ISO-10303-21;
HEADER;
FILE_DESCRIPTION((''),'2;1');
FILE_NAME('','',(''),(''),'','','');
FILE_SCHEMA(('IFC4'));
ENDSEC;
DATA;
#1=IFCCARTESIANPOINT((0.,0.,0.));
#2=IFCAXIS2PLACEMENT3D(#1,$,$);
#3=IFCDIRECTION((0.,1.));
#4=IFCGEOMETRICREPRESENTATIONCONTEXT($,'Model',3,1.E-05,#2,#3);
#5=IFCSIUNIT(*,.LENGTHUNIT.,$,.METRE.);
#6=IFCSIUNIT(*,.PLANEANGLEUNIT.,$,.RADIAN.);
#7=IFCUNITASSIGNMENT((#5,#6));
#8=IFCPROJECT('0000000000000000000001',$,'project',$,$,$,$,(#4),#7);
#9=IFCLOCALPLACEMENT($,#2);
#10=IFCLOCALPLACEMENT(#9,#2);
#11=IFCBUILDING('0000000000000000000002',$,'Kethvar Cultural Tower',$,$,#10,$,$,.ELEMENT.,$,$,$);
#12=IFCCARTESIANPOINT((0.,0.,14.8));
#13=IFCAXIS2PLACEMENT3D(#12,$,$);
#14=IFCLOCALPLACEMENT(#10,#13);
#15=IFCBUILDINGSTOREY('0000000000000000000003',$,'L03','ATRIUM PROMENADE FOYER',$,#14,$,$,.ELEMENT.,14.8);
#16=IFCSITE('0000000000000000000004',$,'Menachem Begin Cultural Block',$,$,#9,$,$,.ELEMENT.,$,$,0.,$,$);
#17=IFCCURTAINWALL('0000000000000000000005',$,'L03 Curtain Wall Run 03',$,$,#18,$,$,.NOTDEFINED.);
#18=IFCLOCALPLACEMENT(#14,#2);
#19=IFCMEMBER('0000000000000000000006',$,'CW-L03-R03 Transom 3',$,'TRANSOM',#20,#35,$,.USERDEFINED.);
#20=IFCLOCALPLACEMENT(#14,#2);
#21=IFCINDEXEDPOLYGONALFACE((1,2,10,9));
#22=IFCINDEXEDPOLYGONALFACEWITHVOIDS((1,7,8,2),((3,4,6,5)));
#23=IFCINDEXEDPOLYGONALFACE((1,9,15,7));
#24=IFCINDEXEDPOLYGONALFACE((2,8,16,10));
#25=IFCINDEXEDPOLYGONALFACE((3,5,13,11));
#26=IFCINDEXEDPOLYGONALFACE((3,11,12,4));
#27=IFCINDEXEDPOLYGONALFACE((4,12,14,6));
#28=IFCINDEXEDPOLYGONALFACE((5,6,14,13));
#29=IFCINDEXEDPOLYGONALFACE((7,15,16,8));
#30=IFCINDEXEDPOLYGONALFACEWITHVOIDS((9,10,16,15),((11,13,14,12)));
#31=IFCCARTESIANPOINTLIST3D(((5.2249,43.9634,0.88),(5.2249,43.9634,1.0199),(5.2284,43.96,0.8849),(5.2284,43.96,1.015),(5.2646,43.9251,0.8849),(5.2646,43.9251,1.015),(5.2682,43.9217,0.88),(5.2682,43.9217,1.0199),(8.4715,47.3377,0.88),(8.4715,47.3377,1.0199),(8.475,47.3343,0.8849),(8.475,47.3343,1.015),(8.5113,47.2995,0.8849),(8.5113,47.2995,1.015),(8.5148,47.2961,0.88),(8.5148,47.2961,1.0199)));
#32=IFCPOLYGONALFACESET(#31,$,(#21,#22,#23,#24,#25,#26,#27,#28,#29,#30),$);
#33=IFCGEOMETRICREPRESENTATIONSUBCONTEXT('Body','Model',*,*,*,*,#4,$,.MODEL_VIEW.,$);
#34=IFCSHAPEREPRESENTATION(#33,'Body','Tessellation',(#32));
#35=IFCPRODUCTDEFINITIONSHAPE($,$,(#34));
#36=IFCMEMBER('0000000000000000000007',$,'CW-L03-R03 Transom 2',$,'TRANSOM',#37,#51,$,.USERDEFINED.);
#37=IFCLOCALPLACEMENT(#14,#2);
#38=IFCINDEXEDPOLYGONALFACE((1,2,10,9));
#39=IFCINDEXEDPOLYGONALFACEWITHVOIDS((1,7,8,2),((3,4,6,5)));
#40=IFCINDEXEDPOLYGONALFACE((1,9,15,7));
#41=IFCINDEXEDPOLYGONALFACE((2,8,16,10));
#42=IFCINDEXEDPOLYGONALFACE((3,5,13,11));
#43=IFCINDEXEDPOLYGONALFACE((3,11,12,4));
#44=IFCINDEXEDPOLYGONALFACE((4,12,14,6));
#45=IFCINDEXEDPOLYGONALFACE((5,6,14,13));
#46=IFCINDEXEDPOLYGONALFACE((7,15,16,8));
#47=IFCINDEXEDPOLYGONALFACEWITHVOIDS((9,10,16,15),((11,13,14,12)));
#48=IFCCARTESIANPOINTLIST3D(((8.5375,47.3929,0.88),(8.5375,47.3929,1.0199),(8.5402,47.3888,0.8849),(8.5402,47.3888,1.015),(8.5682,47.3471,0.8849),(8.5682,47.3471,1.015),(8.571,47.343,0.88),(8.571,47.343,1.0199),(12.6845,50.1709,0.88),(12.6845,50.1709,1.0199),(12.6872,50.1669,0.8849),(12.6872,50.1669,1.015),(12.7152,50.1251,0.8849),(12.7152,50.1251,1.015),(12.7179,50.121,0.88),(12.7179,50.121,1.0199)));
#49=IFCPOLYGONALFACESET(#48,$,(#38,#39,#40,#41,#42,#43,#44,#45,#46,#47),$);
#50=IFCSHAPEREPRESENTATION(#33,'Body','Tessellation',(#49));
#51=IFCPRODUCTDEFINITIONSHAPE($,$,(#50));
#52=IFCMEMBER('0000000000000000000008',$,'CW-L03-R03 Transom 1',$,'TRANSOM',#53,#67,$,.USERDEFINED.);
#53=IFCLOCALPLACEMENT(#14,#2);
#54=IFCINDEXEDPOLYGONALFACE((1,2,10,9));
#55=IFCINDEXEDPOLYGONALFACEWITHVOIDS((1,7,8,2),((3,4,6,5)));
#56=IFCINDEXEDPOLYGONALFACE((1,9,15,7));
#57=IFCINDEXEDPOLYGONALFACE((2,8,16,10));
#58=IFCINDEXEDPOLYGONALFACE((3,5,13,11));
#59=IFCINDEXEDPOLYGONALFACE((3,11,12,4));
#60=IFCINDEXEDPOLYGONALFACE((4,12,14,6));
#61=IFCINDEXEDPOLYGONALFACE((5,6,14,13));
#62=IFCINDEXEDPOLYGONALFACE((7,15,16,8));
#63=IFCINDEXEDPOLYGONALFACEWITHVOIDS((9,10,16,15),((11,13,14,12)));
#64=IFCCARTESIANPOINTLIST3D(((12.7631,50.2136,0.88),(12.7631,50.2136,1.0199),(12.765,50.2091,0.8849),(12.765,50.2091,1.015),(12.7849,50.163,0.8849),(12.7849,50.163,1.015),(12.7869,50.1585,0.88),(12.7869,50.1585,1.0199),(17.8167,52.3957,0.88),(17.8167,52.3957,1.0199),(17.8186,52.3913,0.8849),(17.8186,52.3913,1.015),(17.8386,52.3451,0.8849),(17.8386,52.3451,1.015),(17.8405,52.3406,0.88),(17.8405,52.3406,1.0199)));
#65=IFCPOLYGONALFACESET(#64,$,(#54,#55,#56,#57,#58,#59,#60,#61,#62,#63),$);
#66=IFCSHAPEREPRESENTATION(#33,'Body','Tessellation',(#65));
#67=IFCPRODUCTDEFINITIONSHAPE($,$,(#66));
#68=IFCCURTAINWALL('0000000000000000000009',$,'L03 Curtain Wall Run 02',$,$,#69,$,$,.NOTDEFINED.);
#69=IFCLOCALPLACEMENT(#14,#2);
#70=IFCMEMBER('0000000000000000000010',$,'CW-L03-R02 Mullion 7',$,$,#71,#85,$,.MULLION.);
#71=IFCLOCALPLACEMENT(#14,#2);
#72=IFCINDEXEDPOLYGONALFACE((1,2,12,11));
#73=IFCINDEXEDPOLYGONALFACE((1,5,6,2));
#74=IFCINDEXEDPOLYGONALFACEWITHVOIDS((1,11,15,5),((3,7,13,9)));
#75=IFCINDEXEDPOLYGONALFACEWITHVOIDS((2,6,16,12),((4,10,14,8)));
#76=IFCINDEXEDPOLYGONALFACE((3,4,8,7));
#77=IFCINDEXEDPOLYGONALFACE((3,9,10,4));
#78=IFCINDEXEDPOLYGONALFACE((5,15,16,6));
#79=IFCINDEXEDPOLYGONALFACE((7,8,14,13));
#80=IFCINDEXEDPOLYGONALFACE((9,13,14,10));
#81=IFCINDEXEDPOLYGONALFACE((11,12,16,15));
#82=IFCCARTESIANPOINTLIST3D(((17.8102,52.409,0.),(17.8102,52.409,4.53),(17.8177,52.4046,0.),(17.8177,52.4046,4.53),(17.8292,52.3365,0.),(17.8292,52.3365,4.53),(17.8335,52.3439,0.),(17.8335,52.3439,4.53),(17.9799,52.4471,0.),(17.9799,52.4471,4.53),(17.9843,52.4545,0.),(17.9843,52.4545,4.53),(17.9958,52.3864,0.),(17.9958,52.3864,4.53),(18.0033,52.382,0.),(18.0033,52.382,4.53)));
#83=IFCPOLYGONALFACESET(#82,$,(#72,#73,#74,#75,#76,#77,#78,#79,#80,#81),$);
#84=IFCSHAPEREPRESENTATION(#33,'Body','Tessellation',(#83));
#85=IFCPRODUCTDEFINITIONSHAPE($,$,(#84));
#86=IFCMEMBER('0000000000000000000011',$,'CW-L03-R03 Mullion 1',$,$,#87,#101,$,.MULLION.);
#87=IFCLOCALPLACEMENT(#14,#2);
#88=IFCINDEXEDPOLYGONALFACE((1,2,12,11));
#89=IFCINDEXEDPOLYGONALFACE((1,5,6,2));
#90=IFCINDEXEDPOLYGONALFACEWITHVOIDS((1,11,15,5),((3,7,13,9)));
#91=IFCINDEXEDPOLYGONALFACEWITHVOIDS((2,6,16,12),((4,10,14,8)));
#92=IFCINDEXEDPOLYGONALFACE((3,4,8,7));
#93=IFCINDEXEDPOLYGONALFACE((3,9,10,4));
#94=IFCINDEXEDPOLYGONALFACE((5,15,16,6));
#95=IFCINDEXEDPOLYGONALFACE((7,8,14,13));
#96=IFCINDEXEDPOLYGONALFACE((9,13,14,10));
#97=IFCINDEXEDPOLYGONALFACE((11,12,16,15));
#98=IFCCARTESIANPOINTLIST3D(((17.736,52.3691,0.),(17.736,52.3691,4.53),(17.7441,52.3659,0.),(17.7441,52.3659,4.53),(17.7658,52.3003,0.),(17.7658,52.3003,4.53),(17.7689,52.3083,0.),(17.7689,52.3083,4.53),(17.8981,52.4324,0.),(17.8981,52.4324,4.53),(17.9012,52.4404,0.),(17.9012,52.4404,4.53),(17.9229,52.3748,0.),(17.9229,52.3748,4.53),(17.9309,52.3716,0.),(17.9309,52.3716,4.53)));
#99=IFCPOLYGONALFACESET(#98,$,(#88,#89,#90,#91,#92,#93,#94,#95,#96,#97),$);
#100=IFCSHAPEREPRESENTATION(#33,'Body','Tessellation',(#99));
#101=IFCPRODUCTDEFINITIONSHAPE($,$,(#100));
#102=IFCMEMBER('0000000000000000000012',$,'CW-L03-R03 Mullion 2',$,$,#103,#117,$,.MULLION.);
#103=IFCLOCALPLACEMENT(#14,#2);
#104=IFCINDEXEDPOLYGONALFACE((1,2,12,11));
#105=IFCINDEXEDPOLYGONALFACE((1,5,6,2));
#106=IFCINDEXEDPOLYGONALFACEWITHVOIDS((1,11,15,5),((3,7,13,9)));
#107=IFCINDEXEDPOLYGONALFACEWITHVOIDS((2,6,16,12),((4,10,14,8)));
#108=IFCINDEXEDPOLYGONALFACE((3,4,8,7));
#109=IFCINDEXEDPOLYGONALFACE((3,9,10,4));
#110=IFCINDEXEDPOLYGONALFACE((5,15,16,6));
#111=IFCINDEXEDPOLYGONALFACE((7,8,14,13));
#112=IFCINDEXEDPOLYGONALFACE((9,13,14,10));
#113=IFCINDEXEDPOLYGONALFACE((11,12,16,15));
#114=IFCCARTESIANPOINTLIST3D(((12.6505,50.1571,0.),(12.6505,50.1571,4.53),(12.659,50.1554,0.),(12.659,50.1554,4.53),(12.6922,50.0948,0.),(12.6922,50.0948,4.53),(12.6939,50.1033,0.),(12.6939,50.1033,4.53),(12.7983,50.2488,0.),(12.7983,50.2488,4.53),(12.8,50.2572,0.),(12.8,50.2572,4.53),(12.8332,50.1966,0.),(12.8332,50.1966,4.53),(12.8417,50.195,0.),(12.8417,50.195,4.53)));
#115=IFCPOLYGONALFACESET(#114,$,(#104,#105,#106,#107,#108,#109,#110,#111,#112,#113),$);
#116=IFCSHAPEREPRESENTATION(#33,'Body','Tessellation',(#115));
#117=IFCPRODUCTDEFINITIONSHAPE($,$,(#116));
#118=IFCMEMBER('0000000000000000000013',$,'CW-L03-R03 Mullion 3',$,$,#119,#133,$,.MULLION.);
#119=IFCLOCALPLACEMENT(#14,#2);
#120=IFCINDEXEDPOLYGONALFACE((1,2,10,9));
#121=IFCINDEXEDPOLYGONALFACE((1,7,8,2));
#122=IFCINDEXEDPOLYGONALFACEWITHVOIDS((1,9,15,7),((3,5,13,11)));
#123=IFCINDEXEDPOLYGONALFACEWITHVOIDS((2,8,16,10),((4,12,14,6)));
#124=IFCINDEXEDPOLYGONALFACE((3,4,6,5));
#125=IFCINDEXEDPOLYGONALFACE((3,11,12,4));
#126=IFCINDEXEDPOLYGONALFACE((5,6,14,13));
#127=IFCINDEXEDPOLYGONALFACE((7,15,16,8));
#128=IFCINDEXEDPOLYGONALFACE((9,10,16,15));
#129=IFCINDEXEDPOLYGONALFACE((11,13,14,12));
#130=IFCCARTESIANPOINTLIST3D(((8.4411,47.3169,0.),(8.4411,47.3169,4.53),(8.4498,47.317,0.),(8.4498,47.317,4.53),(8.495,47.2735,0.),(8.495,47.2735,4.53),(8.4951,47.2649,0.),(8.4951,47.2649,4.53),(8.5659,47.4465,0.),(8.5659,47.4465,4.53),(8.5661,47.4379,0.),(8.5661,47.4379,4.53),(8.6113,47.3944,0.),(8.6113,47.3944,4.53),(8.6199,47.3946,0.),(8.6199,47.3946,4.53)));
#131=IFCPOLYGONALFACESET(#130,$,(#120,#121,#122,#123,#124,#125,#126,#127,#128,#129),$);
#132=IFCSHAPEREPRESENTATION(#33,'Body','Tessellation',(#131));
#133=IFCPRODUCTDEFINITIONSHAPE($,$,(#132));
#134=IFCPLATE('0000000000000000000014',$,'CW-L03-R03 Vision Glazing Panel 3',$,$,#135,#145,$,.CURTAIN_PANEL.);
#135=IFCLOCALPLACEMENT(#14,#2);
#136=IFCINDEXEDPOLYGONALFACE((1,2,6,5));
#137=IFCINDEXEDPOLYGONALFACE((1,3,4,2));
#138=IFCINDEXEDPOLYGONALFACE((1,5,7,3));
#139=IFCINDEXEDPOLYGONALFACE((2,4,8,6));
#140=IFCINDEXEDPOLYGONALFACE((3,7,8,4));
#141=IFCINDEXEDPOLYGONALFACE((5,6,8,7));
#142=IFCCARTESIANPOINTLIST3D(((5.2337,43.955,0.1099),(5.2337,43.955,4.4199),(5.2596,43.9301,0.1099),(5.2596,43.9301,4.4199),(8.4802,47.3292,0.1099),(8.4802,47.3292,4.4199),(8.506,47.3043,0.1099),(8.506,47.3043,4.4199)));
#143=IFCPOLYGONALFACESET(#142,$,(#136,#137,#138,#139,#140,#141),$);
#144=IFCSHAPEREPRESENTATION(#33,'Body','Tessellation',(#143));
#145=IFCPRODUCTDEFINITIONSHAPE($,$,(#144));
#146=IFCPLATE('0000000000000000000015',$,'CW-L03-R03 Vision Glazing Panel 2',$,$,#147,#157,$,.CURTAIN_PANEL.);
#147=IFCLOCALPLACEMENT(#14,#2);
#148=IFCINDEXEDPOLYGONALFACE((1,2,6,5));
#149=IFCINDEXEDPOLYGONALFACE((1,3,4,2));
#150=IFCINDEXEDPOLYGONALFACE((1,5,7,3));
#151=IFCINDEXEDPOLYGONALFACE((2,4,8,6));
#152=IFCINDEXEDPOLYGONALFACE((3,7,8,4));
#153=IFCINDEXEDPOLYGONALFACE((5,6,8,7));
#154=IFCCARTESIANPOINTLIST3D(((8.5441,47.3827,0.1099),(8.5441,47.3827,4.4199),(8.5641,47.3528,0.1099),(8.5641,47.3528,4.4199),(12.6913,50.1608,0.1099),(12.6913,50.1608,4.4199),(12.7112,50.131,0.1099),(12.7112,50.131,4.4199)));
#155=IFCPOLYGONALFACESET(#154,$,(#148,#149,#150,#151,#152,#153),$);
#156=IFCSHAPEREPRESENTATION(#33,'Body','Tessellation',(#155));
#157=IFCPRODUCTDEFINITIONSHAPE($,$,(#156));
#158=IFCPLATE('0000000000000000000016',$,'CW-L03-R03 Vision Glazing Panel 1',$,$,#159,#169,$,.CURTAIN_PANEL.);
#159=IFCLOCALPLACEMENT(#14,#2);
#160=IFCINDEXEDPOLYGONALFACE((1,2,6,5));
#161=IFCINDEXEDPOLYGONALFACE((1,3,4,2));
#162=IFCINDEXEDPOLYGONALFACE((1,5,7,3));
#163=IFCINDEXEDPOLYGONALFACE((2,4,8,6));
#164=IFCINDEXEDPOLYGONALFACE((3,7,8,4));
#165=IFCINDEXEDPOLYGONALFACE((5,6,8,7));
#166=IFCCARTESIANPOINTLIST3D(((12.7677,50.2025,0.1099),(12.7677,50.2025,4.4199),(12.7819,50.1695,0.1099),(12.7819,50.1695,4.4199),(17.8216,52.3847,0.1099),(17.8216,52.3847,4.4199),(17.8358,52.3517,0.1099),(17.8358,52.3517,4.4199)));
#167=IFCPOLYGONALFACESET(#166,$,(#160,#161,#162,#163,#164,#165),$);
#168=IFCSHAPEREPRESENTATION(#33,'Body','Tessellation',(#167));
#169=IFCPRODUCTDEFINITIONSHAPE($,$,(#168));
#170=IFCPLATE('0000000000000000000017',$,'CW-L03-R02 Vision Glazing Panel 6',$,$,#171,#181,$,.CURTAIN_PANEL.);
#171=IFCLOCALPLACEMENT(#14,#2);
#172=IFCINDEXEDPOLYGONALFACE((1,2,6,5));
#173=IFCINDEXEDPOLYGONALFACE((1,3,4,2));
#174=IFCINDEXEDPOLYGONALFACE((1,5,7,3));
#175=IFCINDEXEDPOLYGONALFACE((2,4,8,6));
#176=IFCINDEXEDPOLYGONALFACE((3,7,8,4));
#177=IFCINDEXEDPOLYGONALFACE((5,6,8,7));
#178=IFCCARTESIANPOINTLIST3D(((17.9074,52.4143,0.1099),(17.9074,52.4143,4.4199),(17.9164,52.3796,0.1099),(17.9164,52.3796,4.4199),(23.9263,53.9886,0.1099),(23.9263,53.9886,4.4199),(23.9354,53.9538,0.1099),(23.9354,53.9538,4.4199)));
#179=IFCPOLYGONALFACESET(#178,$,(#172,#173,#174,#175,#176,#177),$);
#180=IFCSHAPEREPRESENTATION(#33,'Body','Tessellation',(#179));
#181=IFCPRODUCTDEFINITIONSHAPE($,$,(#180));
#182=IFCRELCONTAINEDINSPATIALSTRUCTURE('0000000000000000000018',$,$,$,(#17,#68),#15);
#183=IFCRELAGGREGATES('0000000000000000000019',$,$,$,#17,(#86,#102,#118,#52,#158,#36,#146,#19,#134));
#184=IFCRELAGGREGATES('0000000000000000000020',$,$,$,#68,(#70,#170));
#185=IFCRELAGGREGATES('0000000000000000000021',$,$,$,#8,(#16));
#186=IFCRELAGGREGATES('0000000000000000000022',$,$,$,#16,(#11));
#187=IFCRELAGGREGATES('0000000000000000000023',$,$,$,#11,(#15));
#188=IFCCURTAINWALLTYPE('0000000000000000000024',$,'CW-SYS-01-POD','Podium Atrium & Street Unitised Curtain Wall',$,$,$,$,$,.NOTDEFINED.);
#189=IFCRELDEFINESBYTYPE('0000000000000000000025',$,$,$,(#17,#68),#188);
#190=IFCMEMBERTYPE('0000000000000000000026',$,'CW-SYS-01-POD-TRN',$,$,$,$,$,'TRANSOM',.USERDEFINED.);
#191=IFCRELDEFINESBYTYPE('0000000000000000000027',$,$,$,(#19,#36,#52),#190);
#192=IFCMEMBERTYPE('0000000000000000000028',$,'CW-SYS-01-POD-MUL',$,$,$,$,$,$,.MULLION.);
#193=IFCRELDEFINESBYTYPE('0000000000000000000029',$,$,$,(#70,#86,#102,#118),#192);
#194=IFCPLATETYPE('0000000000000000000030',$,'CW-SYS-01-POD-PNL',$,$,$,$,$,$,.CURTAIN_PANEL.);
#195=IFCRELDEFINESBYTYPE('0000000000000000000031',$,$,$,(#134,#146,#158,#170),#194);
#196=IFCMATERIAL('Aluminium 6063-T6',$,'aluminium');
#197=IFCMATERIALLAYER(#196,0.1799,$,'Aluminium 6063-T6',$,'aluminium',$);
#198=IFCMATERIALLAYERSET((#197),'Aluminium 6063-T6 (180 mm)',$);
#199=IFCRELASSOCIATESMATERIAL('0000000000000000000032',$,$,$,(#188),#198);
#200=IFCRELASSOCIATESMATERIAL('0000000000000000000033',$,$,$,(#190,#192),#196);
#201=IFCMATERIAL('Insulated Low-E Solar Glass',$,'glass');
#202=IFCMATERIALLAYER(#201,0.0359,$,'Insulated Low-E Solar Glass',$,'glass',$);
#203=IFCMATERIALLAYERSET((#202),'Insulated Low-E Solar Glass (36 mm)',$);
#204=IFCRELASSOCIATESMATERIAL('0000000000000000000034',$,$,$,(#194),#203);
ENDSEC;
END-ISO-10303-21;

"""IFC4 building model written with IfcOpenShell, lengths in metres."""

from ifc_helpers import new_model, si_unit, direction, frame, origin, origin_2d, place, context, subcontext, project, spatial, rectangle, hollow_rectangle, extrude, source, transform, mapped, material, layer, layer_set, material_profile, profile_set, type_object, element, aggregate, save


model = new_model("IFC4")

# Units and contexts
model_context = context("Model", 3, precision=1e-05, world=origin(), true_north=direction((0.0, 1.0)))
body_context = subcontext(model_context, "Body", "Model", "MODEL_VIEW")
ifc_project = project(units=[si_unit("LENGTHUNIT", "METRE"), si_unit("PLANEANGLEUNIT", "RADIAN")], contexts=[model_context])

# Site, building, storey
site_placement = place(None, origin())
site = spatial("IfcSite", under=ifc_project, at=site_placement, Name="Menachem Begin Cultural Block", CompositionType="ELEMENT", RefElevation=0.0)
building_placement = place(site_placement, origin())
building = spatial("IfcBuilding", under=site, at=building_placement, Name="Kethvar Cultural Tower", CompositionType="ELEMENT")
storey_placement = place(building_placement, frame((0.0, 0.0, 14.8)))
storey = spatial("IfcBuildingStorey", under=building, at=storey_placement, Name="L03", Description="ATRIUM PROMENADE FOYER", CompositionType="ELEMENT", Elevation=14.8)

# Curtain wall, members
ifc_material_1 = material(Name="Aluminium 6063-T6", Category="aluminium")
ifc_layer_1 = layer(ifc_material_1, 0.1799, Name="Aluminium 6063-T6", Category="aluminium")
ifc_layer_set_1 = layer_set([ifc_layer_1], Name="Aluminium 6063-T6 (180 mm)")
curtain_wall_type = type_object("IfcCurtainWallType", Name="CW-SYS-01-POD", Description="Podium Atrium & Street Unitised Curtain Wall", PredefinedType="NOTDEFINED", material=ifc_layer_set_1)
curtain_wall_1_placement = place(storey_placement, origin())
curtain_wall_1 = element("IfcCurtainWall", 1, at=curtain_wall_1_placement, inside=storey, type_object=curtain_wall_type, Name="L03 Curtain Wall Run 03", PredefinedType="NOTDEFINED")
ifc_material_profile_1 = material_profile(ifc_material_1, hollow_rectangle(XDim=0.0601, YDim=0.1399, WallThickness=0.0049, at=origin_2d()), Name="Aluminium 6063-T6 — RHS140x60x5")
ifc_profile_set_1 = profile_set([ifc_material_profile_1], Name="Aluminium 6063-T6 — RHS140x60x5")
member_type_1 = type_object("IfcMemberType", Name="CW-SYS-01-POD-TRN", ElementType="TRANSOM", PredefinedType="USERDEFINED", material=ifc_profile_set_1)
shared_shape_1 = source(origin(), body_context, "Body", "SweptSolid", [
    extrude(hollow_rectangle(XDim=0.0601, YDim=0.1399, WallThickness=0.0049, at=origin_2d()), origin(), (0.0, 0.0, 1.0), 4.6826),
])
member_1_placement = place(storey_placement, frame((8.4932, 47.3169, 0.95), z_axis=(-0.693341, -0.72061, 0.0), x_axis=(0.72061, -0.693341, 0.0)))
member_1 = element("IfcMember", 2, at=member_1_placement, type_object=member_type_1, Name="CW-L03-R03 Transom 3", ObjectType="TRANSOM", PredefinedType="USERDEFINED", context=body_context, shape_type="MappedRepresentation", body=[
    mapped(shared_shape_1, transform((0.0, 0.0, 0.0), scale=1.0)),
])
shared_shape_2 = source(origin(), body_context, "Body", "SweptSolid", [
    extrude(hollow_rectangle(XDim=0.0601, YDim=0.1399, WallThickness=0.0049, at=origin_2d()), origin(), (0.0, 0.0, 1.0), 4.9915),
])
member_2_placement = place(storey_placement, frame((12.7012, 50.146, 0.95), z_axis=(-0.830807, -0.556561, 0.0), x_axis=(0.556561, -0.830807, 0.0)))
member_2 = element("IfcMember", 3, at=member_2_placement, type_object=member_type_1, Name="CW-L03-R03 Transom 2", ObjectType="TRANSOM", PredefinedType="USERDEFINED", context=body_context, shape_type="MappedRepresentation", body=[
    mapped(shared_shape_2, transform((0.0, 0.0, 0.0), scale=1.0)),
])
shared_shape_3 = source(origin(), body_context, "Body", "SweptSolid", [
    extrude(hollow_rectangle(XDim=0.0601, YDim=0.1399, WallThickness=0.0049, at=origin_2d()), origin(), (0.0, 0.0, 1.0), 5.5046),
])
member_3_placement = place(storey_placement, frame((17.8286, 52.3682, 0.95), z_axis=(-0.918073, -0.396412, 0.0), x_axis=(0.396412, -0.918073, 0.0)))
member_3 = element("IfcMember", 4, at=member_3_placement, type_object=member_type_1, Name="CW-L03-R03 Transom 1", ObjectType="TRANSOM", PredefinedType="USERDEFINED", context=body_context, shape_type="MappedRepresentation", body=[
    mapped(shared_shape_3, transform((0.0, 0.0, 0.0), scale=1.0)),
])

# Curtain wall, member
curtain_wall_2_placement = place(storey_placement, origin())
curtain_wall_2 = element("IfcCurtainWall", 5, at=curtain_wall_2_placement, inside=storey, type_object=curtain_wall_type, Name="L03 Curtain Wall Run 02", PredefinedType="NOTDEFINED")
ifc_material_profile_2 = material_profile(ifc_material_1, hollow_rectangle(XDim=0.075, YDim=0.1799, WallThickness=0.0061, at=origin_2d()), Name="Aluminium 6063-T6 — RHS180x75x6")
ifc_profile_set_2 = profile_set([ifc_material_profile_2], Name="Aluminium 6063-T6 — RHS180x75x6")
member_type_2 = type_object("IfcMemberType", Name="CW-SYS-01-POD-MUL", PredefinedType="MULLION", material=ifc_profile_set_2)
shared_shape_4 = source(origin(), body_context, "Body", "SweptSolid", [
    extrude(hollow_rectangle(XDim=0.075, YDim=0.1799, WallThickness=0.0061, at=origin_2d()), origin(), (0.0, 0.0, 1.0), 4.53),
])
member_4_placement = place(storey_placement, frame((17.9067, 52.3955, 0.0), z_axis=(0.0, 0.0, 1.0), x_axis=(0.253032, -0.967458, 0.0)))
member_4 = element("IfcMember", 6, at=member_4_placement, type_object=member_type_2, Name="CW-L03-R02 Mullion 7", PredefinedType="MULLION", context=body_context, shape_type="MappedRepresentation", body=[
    mapped(shared_shape_4, transform((0.0, 0.0, 0.0), scale=1.0)),
])

# Members
member_5_placement = place(storey_placement, frame((17.8335, 52.3704, 0.0), z_axis=(0.0, 0.0, 1.0), x_axis=(0.396411, -0.918073, 0.0)))
member_5 = element("IfcMember", 7, at=member_5_placement, type_object=member_type_2, Name="CW-L03-R03 Mullion 1", PredefinedType="MULLION", context=body_context, shape_type="MappedRepresentation", body=[
    mapped(shared_shape_4, transform((0.0, 0.0, 0.0), scale=1.0)),
])
member_6_placement = place(storey_placement, frame((12.7461, 50.176, 0.0), z_axis=(0.0, 0.0, 1.0), x_axis=(0.556557, -0.83081, 0.0)))
member_6 = element("IfcMember", 8, at=member_6_placement, type_object=member_type_2, Name="CW-L03-R03 Mullion 2", PredefinedType="MULLION", context=body_context, shape_type="MappedRepresentation", body=[
    mapped(shared_shape_4, transform((0.0, 0.0, 0.0), scale=1.0)),
])
member_7_placement = place(storey_placement, frame((8.5305, 47.3557, 0.0), z_axis=(0.0, 0.0, 1.0), x_axis=(0.720612, -0.693339, 0.0)))
member_7 = element("IfcMember", 9, at=member_7_placement, type_object=member_type_2, Name="CW-L03-R03 Mullion 3", PredefinedType="MULLION", context=body_context, shape_type="MappedRepresentation", body=[
    mapped(shared_shape_4, transform((0.0, 0.0, 0.0), scale=1.0)),
])

# Plates
ifc_material_2 = material(Name="Insulated Low-E Solar Glass", Category="glass")
ifc_layer_2 = layer(ifc_material_2, 0.0359, Name="Insulated Low-E Solar Glass", Category="glass")
ifc_layer_set_2 = layer_set([ifc_layer_2], Name="Insulated Low-E Solar Glass (36 mm)")
plate_type = type_object("IfcPlateType", Name="CW-SYS-01-POD-PNL", PredefinedType="CURTAIN_PANEL", material=ifc_layer_set_2)
shared_shape_5 = source(origin(), body_context, "Body", "SweptSolid", [
    extrude(rectangle(XDim=4.6824, YDim=0.0359, at=origin_2d()), origin(), (0.0, 0.0, 1.0), 4.3101),
])
plate_1_placement = place(storey_placement, frame((6.8699, 45.6296, 0.1099), z_axis=(0.0, 0.0, 1.0), x_axis=(-0.693339, -0.720612, 0.0)))
plate_1 = element("IfcPlate", 10, at=plate_1_placement, type_object=plate_type, Name="CW-L03-R03 Vision Glazing Panel 3", PredefinedType="CURTAIN_PANEL", context=body_context, shape_type="MappedRepresentation", body=[
    mapped(shared_shape_5, transform((0.0, 0.0, 0.0), scale=1.0)),
])
shared_shape_6 = source(origin(), body_context, "Body", "SweptSolid", [
    extrude(rectangle(XDim=4.9917, YDim=0.0359, at=origin_2d()), origin(), (0.0, 0.0, 1.0), 4.3101),
])
plate_2_placement = place(storey_placement, frame((10.6277, 48.7568, 0.1099), z_axis=(0.0, 0.0, 1.0), x_axis=(-0.83081, -0.556557, 0.0)))
plate_2 = element("IfcPlate", 11, at=plate_2_placement, type_object=plate_type, Name="CW-L03-R03 Vision Glazing Panel 2", PredefinedType="CURTAIN_PANEL", context=body_context, shape_type="MappedRepresentation", body=[
    mapped(shared_shape_6, transform((0.0, 0.0, 0.0), scale=1.0)),
])
shared_shape_7 = source(origin(), body_context, "Body", "SweptSolid", [
    extrude(rectangle(XDim=5.5049, YDim=0.0359, at=origin_2d()), origin(), (0.0, 0.0, 1.0), 4.3101),
])
plate_3_placement = place(storey_placement, frame((15.3018, 51.2771, 0.1099), z_axis=(0.0, 0.0, 1.0), x_axis=(-0.918073, -0.396411, 0.0)))
plate_3 = element("IfcPlate", 12, at=plate_3_placement, type_object=plate_type, Name="CW-L03-R03 Vision Glazing Panel 1", PredefinedType="CURTAIN_PANEL", context=body_context, shape_type="MappedRepresentation", body=[
    mapped(shared_shape_7, transform((0.0, 0.0, 0.0), scale=1.0)),
])
aggregate(curtain_wall_1, [member_5, member_6, member_7, member_3, plate_3, member_2, plate_2, member_1, plate_1])
shared_shape_8 = source(origin(), body_context, "Body", "SweptSolid", [
    extrude(rectangle(XDim=6.2214, YDim=0.0359, at=origin_2d()), origin(), (0.0, 0.0, 1.0), 4.3101),
])
plate_4_placement = place(storey_placement, frame((20.9214, 53.1841, 0.1099), z_axis=(0.0, 0.0, 1.0), x_axis=(-0.967458, -0.253032, 0.0)))
plate_4 = element("IfcPlate", 13, at=plate_4_placement, type_object=plate_type, Name="CW-L03-R02 Vision Glazing Panel 6", PredefinedType="CURTAIN_PANEL", context=body_context, shape_type="MappedRepresentation", body=[
    mapped(shared_shape_8, transform((0.0, 0.0, 0.0), scale=1.0)),
])
aggregate(curtain_wall_2, [member_4, plate_4])

save(model, "model.ifc")
